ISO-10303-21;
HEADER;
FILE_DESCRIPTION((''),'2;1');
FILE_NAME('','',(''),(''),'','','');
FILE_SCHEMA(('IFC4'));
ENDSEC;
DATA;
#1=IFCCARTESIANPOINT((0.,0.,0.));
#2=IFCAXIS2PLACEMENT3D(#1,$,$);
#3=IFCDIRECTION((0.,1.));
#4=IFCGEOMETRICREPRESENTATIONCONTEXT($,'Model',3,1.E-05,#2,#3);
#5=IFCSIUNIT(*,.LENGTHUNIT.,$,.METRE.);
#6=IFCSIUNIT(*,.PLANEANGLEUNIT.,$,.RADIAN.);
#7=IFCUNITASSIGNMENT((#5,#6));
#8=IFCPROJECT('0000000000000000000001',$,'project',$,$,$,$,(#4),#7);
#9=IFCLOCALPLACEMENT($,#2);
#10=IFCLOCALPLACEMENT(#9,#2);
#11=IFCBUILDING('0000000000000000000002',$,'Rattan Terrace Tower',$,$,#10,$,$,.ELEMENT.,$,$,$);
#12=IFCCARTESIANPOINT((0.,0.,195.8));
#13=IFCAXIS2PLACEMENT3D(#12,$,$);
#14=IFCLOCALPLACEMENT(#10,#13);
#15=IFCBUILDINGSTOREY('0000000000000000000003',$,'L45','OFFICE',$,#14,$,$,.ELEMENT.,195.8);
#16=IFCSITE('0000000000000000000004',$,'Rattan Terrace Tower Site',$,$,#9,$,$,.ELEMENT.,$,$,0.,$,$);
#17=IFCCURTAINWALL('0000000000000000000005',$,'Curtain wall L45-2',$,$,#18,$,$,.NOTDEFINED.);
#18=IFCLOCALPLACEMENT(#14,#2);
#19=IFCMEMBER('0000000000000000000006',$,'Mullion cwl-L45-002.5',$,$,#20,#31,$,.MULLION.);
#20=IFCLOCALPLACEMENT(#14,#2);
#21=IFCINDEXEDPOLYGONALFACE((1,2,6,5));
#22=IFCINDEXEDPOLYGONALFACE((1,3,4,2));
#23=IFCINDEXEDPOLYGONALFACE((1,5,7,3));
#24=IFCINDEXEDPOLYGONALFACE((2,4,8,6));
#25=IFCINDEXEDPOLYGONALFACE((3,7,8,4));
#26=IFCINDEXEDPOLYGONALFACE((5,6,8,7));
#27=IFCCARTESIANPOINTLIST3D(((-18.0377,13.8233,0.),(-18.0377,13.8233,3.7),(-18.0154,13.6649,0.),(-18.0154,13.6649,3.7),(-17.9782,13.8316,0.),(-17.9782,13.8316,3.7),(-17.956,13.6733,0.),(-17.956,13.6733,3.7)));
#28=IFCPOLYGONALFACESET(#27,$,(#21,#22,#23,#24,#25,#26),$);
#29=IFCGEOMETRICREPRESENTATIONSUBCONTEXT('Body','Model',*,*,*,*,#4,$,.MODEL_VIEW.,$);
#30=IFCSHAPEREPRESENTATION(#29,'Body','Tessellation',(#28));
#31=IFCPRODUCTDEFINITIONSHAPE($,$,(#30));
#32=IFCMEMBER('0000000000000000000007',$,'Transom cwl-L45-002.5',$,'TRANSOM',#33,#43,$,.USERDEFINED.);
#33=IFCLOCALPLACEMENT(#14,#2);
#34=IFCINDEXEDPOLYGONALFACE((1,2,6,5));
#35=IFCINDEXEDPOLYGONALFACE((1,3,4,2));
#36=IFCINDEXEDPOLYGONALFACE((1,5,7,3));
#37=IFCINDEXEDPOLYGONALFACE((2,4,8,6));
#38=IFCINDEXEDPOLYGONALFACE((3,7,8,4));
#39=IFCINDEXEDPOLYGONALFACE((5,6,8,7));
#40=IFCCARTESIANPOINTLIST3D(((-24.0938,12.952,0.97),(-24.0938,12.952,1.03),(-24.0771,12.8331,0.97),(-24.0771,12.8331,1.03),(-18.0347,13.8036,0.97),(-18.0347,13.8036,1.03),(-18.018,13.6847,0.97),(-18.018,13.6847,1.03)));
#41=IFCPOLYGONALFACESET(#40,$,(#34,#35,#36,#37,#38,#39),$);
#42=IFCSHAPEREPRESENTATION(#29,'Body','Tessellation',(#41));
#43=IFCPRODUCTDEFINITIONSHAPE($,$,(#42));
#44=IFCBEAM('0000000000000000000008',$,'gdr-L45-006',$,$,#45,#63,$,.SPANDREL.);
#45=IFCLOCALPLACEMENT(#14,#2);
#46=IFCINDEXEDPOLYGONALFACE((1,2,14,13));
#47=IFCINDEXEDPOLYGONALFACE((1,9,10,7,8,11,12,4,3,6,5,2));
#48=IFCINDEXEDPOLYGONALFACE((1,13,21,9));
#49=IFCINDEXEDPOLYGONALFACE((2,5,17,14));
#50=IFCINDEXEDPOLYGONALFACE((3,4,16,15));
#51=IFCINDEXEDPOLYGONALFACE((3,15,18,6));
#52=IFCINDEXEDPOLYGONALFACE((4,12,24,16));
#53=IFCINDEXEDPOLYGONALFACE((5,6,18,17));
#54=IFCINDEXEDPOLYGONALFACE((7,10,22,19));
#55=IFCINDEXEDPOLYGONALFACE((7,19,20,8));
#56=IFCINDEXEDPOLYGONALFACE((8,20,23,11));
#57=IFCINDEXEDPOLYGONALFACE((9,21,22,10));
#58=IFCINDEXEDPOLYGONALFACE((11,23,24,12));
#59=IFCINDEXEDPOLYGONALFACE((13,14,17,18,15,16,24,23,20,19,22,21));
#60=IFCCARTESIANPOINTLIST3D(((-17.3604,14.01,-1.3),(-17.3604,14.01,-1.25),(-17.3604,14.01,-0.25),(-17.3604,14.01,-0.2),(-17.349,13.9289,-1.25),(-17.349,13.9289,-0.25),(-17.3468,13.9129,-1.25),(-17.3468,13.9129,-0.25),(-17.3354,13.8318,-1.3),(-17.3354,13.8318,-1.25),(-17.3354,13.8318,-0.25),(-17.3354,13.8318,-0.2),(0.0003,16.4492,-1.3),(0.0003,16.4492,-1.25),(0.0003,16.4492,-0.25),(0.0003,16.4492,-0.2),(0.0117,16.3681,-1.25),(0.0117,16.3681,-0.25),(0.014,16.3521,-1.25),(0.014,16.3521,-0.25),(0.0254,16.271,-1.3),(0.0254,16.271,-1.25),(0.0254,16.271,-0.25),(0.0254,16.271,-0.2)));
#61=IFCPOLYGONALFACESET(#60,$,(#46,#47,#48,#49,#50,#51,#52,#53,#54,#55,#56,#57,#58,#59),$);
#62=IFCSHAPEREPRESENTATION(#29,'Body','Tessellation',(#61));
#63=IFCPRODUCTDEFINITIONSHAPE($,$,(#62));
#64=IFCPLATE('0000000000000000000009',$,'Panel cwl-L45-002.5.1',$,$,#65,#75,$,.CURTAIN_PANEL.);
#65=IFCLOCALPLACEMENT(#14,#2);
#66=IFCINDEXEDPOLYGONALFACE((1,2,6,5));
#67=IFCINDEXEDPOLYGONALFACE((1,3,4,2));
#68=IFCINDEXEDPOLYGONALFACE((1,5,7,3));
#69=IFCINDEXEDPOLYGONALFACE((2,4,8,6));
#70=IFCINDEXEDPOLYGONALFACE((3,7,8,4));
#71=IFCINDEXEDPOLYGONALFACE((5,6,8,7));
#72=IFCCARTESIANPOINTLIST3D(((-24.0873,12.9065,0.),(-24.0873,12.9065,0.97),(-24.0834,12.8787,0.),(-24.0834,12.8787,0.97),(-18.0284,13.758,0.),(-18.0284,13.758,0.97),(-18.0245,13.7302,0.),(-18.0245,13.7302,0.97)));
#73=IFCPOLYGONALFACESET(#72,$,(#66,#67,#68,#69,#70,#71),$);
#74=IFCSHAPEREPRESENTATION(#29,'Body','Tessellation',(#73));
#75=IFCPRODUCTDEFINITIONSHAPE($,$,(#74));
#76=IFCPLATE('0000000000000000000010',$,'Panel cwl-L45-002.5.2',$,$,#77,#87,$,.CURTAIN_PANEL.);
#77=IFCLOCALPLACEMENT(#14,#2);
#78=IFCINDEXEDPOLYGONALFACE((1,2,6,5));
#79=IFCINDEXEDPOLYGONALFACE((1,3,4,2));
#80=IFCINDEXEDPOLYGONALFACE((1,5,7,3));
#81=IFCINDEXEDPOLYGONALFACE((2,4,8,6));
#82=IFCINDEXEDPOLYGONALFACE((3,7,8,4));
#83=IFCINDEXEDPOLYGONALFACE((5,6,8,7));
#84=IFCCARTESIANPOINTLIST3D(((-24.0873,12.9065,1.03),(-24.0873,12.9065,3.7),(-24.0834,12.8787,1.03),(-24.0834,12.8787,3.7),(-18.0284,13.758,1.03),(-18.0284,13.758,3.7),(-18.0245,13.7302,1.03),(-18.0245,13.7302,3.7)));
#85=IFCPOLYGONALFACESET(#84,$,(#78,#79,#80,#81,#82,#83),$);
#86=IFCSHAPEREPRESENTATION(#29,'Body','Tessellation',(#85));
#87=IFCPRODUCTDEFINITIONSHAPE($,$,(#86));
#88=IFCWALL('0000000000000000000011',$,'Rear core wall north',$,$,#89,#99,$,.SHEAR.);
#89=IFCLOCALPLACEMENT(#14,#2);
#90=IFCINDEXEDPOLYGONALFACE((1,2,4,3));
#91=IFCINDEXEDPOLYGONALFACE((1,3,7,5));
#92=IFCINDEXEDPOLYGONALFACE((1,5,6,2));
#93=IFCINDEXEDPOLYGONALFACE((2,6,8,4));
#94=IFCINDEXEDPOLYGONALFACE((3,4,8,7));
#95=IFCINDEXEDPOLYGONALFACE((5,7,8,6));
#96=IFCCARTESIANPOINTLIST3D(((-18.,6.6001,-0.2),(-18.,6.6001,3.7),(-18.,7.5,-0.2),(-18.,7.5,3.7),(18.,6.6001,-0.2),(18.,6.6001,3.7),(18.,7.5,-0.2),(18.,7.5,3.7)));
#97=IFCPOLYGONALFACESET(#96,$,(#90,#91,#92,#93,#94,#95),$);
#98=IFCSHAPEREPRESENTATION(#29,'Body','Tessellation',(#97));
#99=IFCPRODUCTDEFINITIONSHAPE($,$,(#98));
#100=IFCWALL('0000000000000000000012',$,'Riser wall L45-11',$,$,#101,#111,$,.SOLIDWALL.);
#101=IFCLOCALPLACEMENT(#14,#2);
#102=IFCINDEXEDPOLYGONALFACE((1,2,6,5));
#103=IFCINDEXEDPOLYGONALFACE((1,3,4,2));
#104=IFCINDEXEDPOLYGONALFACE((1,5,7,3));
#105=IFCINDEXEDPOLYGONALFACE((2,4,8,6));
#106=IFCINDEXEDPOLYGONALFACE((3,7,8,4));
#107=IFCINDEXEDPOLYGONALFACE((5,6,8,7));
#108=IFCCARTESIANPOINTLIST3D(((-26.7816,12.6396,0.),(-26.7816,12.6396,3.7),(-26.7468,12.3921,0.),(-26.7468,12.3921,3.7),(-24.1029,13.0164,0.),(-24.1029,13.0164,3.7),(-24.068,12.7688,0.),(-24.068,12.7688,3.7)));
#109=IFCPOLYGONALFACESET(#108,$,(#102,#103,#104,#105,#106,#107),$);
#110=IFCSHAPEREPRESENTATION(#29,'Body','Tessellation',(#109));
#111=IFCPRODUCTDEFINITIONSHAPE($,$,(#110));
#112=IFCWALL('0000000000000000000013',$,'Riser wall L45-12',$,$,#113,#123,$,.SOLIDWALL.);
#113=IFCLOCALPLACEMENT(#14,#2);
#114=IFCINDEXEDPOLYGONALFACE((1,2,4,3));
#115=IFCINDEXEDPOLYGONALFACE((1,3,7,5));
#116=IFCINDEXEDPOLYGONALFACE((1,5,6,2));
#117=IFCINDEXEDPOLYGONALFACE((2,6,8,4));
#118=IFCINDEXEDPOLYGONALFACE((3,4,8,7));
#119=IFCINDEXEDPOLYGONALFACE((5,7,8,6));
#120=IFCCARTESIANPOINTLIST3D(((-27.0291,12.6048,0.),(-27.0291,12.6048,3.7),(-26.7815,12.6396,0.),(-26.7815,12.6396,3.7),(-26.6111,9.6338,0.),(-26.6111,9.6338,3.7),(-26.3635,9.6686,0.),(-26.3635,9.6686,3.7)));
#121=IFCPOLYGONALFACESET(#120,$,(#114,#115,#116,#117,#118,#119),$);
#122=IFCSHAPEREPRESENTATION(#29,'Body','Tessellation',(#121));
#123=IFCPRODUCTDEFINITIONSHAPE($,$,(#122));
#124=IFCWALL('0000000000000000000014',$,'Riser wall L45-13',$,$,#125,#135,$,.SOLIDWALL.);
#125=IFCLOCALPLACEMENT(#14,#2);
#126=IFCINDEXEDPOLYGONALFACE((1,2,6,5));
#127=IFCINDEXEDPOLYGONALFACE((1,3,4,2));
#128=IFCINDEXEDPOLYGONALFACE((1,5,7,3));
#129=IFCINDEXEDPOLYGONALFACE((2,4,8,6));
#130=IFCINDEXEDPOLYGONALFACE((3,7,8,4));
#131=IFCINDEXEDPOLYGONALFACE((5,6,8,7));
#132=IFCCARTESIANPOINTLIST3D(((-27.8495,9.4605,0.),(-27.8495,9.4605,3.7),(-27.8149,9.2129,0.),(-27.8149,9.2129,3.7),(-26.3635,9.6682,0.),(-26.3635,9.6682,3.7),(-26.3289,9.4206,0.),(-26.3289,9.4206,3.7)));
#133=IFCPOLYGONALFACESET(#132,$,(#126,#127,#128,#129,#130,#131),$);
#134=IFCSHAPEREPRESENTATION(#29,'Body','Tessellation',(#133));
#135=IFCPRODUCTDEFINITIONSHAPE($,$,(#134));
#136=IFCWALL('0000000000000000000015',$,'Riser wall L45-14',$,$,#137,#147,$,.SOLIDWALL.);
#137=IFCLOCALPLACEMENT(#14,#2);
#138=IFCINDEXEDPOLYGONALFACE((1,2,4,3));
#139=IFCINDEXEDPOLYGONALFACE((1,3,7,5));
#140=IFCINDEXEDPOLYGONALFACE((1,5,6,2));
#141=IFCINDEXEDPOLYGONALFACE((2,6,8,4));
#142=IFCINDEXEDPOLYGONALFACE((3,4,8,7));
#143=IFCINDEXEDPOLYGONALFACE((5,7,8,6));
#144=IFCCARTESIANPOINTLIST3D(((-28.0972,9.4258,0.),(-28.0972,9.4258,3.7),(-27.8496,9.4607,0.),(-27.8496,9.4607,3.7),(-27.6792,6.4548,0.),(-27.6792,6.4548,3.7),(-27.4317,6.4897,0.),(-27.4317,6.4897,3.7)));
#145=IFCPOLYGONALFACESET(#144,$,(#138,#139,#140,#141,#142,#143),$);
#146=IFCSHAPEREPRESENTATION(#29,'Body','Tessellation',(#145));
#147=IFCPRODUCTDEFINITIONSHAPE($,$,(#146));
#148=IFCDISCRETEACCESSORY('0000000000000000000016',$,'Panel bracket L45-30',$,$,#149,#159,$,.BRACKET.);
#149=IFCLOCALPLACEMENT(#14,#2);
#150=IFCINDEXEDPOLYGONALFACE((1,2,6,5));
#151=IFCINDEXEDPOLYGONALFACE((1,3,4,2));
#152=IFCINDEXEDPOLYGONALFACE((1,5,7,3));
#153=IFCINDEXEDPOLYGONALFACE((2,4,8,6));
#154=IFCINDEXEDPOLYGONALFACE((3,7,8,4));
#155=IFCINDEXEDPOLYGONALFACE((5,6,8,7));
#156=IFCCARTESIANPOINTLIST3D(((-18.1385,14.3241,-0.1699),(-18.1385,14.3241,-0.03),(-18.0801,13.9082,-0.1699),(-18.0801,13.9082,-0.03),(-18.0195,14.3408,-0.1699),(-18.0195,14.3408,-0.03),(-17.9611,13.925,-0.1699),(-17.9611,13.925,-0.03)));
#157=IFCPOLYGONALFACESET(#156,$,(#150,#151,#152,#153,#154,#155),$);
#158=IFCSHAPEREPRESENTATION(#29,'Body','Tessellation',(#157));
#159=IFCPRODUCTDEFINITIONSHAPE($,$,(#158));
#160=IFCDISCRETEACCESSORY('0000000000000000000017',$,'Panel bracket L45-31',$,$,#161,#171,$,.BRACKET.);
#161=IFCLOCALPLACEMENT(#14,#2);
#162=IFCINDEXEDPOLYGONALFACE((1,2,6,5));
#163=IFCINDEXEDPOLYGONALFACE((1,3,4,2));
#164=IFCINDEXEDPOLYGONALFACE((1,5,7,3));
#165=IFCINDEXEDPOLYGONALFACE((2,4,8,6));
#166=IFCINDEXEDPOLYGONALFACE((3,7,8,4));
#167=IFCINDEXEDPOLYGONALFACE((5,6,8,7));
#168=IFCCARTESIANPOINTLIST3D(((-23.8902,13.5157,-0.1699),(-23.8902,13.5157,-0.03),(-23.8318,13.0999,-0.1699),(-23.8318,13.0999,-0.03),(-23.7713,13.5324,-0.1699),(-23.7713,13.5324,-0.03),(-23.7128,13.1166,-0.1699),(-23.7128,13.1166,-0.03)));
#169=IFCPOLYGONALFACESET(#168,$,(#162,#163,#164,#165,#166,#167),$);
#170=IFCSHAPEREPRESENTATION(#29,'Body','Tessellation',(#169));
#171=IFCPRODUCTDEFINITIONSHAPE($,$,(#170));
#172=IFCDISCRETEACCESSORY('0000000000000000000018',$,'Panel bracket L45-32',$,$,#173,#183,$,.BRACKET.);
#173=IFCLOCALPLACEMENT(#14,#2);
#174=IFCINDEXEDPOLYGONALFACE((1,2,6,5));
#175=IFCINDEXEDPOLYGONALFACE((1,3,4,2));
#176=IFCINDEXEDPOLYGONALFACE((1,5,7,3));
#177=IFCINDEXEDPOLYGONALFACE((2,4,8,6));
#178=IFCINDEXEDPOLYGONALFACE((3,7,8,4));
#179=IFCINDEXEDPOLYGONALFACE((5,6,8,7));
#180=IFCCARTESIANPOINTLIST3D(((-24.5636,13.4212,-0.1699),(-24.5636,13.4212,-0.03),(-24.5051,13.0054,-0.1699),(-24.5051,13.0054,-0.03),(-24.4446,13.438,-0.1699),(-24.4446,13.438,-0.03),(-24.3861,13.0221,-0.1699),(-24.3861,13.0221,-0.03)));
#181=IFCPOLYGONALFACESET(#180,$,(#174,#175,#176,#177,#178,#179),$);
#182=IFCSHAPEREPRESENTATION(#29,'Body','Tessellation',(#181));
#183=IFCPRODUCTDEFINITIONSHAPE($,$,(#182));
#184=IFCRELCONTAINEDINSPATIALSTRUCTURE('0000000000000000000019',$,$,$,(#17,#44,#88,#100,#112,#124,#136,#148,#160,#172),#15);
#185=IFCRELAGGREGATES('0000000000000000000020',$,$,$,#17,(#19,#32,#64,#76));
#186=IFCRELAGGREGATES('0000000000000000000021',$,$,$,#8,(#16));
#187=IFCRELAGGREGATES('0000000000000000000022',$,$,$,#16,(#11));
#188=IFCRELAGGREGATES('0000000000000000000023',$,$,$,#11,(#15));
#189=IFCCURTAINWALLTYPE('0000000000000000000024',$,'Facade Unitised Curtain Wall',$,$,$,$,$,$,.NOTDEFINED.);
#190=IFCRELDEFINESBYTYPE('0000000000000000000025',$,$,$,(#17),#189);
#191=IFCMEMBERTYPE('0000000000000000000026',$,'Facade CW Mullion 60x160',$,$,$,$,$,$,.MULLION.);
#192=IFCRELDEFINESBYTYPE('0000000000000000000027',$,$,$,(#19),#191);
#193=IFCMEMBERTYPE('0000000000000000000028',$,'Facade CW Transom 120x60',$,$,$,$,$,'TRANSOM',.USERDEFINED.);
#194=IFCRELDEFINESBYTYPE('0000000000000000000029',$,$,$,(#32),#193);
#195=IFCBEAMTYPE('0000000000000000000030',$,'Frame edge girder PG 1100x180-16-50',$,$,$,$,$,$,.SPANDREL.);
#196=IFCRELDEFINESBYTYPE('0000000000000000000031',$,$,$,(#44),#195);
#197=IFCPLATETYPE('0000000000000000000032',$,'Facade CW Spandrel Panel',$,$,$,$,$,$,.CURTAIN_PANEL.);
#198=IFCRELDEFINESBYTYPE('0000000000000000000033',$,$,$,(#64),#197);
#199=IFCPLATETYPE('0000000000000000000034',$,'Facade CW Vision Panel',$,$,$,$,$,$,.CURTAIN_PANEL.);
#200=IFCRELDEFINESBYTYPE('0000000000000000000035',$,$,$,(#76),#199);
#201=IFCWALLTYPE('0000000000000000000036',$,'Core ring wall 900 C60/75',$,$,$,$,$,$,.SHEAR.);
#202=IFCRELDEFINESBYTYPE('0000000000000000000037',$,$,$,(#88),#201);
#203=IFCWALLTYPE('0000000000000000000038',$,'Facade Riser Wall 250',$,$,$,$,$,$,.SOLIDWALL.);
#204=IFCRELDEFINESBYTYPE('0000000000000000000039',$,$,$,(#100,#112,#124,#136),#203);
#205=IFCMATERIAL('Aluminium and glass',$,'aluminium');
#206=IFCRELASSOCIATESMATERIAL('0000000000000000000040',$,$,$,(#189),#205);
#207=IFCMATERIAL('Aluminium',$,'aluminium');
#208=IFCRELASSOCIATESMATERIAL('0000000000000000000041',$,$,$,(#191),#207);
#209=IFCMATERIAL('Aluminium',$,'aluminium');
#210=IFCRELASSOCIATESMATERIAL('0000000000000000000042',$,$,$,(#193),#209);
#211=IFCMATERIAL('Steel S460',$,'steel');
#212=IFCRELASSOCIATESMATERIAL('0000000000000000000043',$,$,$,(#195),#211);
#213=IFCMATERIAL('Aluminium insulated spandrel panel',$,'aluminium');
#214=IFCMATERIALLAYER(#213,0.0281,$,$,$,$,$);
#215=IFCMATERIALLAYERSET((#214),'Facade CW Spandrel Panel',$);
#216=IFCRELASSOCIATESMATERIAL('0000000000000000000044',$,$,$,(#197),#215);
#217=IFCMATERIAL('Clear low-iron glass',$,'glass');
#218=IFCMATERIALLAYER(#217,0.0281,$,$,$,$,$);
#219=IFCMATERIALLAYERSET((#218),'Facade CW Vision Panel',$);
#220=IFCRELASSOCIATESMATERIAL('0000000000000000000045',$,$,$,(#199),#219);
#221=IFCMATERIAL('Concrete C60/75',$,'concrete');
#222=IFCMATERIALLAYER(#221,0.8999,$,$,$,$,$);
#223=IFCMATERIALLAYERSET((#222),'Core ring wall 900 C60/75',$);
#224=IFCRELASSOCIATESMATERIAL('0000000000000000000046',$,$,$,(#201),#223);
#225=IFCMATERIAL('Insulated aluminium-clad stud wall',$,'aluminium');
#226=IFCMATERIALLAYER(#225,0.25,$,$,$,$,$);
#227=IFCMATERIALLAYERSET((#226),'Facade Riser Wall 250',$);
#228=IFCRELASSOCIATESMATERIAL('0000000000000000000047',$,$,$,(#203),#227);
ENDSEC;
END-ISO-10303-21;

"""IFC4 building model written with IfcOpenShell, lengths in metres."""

from ifc_helpers import new_model, si_unit, direction, frame, frame_2d, origin, origin_2d, place, context, subcontext, project, spatial, rectangle, i_section, extrude, material, layer, layer_set, material_profile, profile_set, type_object, element, aggregate, save


model = new_model("IFC4")

# Units and contexts
model_context = context("Model", 3, precision=1e-05, world=origin(), true_north=direction((0.0, 1.0)))
body_context = subcontext(model_context, "Body", "Model", "MODEL_VIEW")
ifc_project = project(units=[si_unit("LENGTHUNIT", "METRE"), si_unit("PLANEANGLEUNIT", "RADIAN")], contexts=[model_context])

# Site, building, storey
site_placement = place(None, origin())
site = spatial("IfcSite", under=ifc_project, at=site_placement, Name="Rattan Terrace Tower Site", CompositionType="ELEMENT", RefElevation=0.0)
building_placement = place(site_placement, origin())
building = spatial("IfcBuilding", under=site, at=building_placement, Name="Rattan Terrace Tower", CompositionType="ELEMENT")
storey_placement = place(building_placement, frame((0.0, 0.0, 195.8)))
storey = spatial("IfcBuildingStorey", under=building, at=storey_placement, Name="L45", Description="OFFICE", CompositionType="ELEMENT", Elevation=195.8)

# Curtain wall, members
ifc_material_1 = material(Name="Aluminium and glass", Category="aluminium")
curtain_wall_type = type_object("IfcCurtainWallType", Name="Facade Unitised Curtain Wall", PredefinedType="NOTDEFINED", material=ifc_material_1)
curtain_wall_placement = place(storey_placement, origin())
curtain_wall = element("IfcCurtainWall", 1, at=curtain_wall_placement, inside=storey, type_object=curtain_wall_type, Name="Curtain wall L45-2", PredefinedType="NOTDEFINED")
ifc_material_2 = material(Name="Aluminium", Category="aluminium")
ifc_material_profile_1 = material_profile(ifc_material_2, rectangle(XDim=0.0601, YDim=0.1599, at=origin_2d()), Name="Aluminium 60x160")
ifc_profile_set_1 = profile_set([ifc_material_profile_1], Name="Aluminium")
member_type_1 = type_object("IfcMemberType", Name="Facade CW Mullion 60x160", PredefinedType="MULLION", material=ifc_profile_set_1)
member_1_placement = place(storey_placement, frame((-17.9968, 13.7483, 0.0), z_axis=(0.0, 0.0, 1.0), x_axis=(-0.99027, -0.139161, 0.0)))
member_1 = element("IfcMember", 2, at=member_1_placement, type_object=member_type_1, Name="Mullion cwl-L45-002.5", PredefinedType="MULLION", context=body_context, shape_type="SweptSolid", body=[
    extrude(rectangle(XDim=0.0601, YDim=0.1599, at=origin_2d()), origin(), (0.0, 0.0, 1.0), 3.7),
])
ifc_material_3 = material(Name="Aluminium", Category="aluminium")
ifc_material_profile_2 = material_profile(ifc_material_3, rectangle(XDim=0.1201, YDim=0.0601, at=origin_2d()), Name="Aluminium 120x60")
ifc_profile_set_2 = profile_set([ifc_material_profile_2], Name="Aluminium")
member_type_2 = type_object("IfcMemberType", Name="Facade CW Transom 120x60", ElementType="TRANSOM", PredefinedType="USERDEFINED", material=ifc_profile_set_2)
member_2_placement = place(storey_placement, frame((-18.0264, 13.7441, 1.0), z_axis=(-0.990268, -0.139175, 0.0), x_axis=(0.139175, -0.990268, 0.0)))
member_2 = element("IfcMember", 3, at=member_2_placement, type_object=member_type_2, Name="Transom cwl-L45-002.5", ObjectType="TRANSOM", PredefinedType="USERDEFINED", context=body_context, shape_type="SweptSolid", body=[
    extrude(rectangle(XDim=0.1201, YDim=0.0601, at=origin_2d()), origin(), (0.0, 0.0, 1.0), 6.1187),
])

# Beam
ifc_material_4 = material(Name="Steel S460", Category="steel")
ifc_material_profile_3 = material_profile(ifc_material_4, i_section(OverallWidth=0.1799, OverallDepth=1.1001, WebThickness=0.0161, FlangeThickness=0.05, at=origin_2d()), Name="PG 1100x180-16-50")
ifc_profile_set_3 = profile_set([ifc_material_profile_3], Name="Steel S460")
beam_type = type_object("IfcBeamType", Name="Frame edge girder PG 1100x180-16-50", PredefinedType="SPANDREL", material=ifc_profile_set_3)
beam_placement = place(storey_placement, frame((-17.3479, 13.9209, -0.75), z_axis=(0.990274, 0.139134, 0.0), x_axis=(-0.139134, 0.990274, 0.0)))
element("IfcBeam", 4, at=beam_placement, inside=storey, type_object=beam_type, Name="gdr-L45-006", PredefinedType="SPANDREL", context=body_context, shape_type="SweptSolid", body=[
    extrude(i_section(OverallWidth=0.1799, OverallDepth=1.1001, WebThickness=0.0161, FlangeThickness=0.05, at=origin_2d()), origin(), (0.0, 0.0, 1.0), 17.5312),
])

# Plates
ifc_material_5 = material(Name="Aluminium insulated spandrel panel", Category="aluminium")
ifc_layer_1 = layer(ifc_material_5, 0.0281)
ifc_layer_set_1 = layer_set([ifc_layer_1], Name="Facade CW Spandrel Panel")
plate_type_1 = type_object("IfcPlateType", Name="Facade CW Spandrel Panel", PredefinedType="CURTAIN_PANEL", material=ifc_layer_set_1)
plate_1_placement = place(storey_placement, frame((-21.0559, 13.3184, 0.0), z_axis=(0.0, 0.0, 1.0), x_axis=(-0.99027, -0.139161, 0.0)))
plate_1 = element("IfcPlate", 5, at=plate_1_placement, type_object=plate_type_1, Name="Panel cwl-L45-002.5.1", PredefinedType="CURTAIN_PANEL", context=body_context, shape_type="SweptSolid", body=[
    extrude(rectangle(XDim=6.1184, YDim=0.0281, at=origin_2d()), origin(), (0.0, 0.0, 1.0), 0.97),
])
ifc_material_6 = material(Name="Clear low-iron glass", Category="glass")
ifc_layer_2 = layer(ifc_material_6, 0.0281)
ifc_layer_set_2 = layer_set([ifc_layer_2], Name="Facade CW Vision Panel")
plate_type_2 = type_object("IfcPlateType", Name="Facade CW Vision Panel", PredefinedType="CURTAIN_PANEL", material=ifc_layer_set_2)
plate_2_placement = place(storey_placement, frame((-21.0559, 13.3184, 1.03), z_axis=(0.0, 0.0, 1.0), x_axis=(-0.99027, -0.139161, 0.0)))
plate_2 = element("IfcPlate", 6, at=plate_2_placement, type_object=plate_type_2, Name="Panel cwl-L45-002.5.2", PredefinedType="CURTAIN_PANEL", context=body_context, shape_type="SweptSolid", body=[
    extrude(rectangle(XDim=6.1184, YDim=0.0281, at=origin_2d()), origin(), (0.0, 0.0, 1.0), 2.6699),
])
aggregate(curtain_wall, [member_1, member_2, plate_1, plate_2])

# Walls
ifc_material_7 = material(Name="Concrete C60/75", Category="concrete")
ifc_layer_3 = layer(ifc_material_7, 0.8999)
ifc_layer_set_3 = layer_set([ifc_layer_3], Name="Core ring wall 900 C60/75")
wall_type_1 = type_object("IfcWallType", Name="Core ring wall 900 C60/75", PredefinedType="SHEAR", material=ifc_layer_set_3)
wall_1_placement = place(storey_placement, frame((-18.0, 7.05, -0.2), z_axis=(0.0, 0.0, 1.0), x_axis=(1.0, 0.0, 0.0)))
element("IfcWall", 7, at=wall_1_placement, inside=storey, type_object=wall_type_1, Name="Rear core wall north", PredefinedType="SHEAR", context=body_context, shape_type="SweptSolid", body=[
    extrude(rectangle(XDim=36.0, YDim=0.8999, at=frame_2d((18.0, 0.0))), origin(), (0.0, 0.0, 1.0), 3.8999),
])
ifc_material_8 = material(Name="Insulated aluminium-clad stud wall", Category="aluminium")
ifc_layer_4 = layer(ifc_material_8, 0.25)
ifc_layer_set_4 = layer_set([ifc_layer_4], Name="Facade Riser Wall 250")
wall_type_2 = type_object("IfcWallType", Name="Facade Riser Wall 250", PredefinedType="SOLIDWALL", material=ifc_layer_set_4)
wall_2_placement = place(storey_placement, frame((-24.0854, 12.8926, 0.0), z_axis=(0.0, 0.0, 1.0), x_axis=(-0.990256, -0.13926, 0.0)))
element("IfcWall", 8, at=wall_2_placement, inside=storey, type_object=wall_type_2, Name="Riser wall L45-11", PredefinedType="SOLIDWALL", context=body_context, shape_type="SweptSolid", body=[
    extrude(rectangle(XDim=2.7051, YDim=0.25, at=frame_2d((1.3525, 0.0))), origin(), (0.0, 0.0, 1.0), 3.7),
])
wall_3_placement = place(storey_placement, frame((-26.9053, 12.6221, 0.0), z_axis=(0.0, 0.0, 1.0), x_axis=(0.139313, -0.990248, 0.0)))
element("IfcWall", 9, at=wall_3_placement, inside=storey, type_object=wall_type_2, Name="Riser wall L45-12", PredefinedType="SOLIDWALL", context=body_context, shape_type="SweptSolid", body=[
    extrude(rectangle(XDim=3.0002, YDim=0.25, at=frame_2d((1.5, 0.0))), origin(), (0.0, 0.0, 1.0), 3.7),
])
wall_4_placement = place(storey_placement, frame((-26.3462, 9.5444, 0.0), z_axis=(0.0, 0.0, 1.0), x_axis=(-0.990368, -0.13846, 0.0)))
element("IfcWall", 10, at=wall_4_placement, inside=storey, type_object=wall_type_2, Name="Riser wall L45-13", PredefinedType="SOLIDWALL", context=body_context, shape_type="SweptSolid", body=[
    extrude(rectangle(XDim=1.5005, YDim=0.25, at=frame_2d((0.7502, 0.0))), origin(), (0.0, 0.0, 1.0), 3.7),
])
wall_5_placement = place(storey_placement, frame((-27.9734, 9.4431, 0.0), z_axis=(0.0, 0.0, 1.0), x_axis=(0.139313, -0.990248, 0.0)))
element("IfcWall", 11, at=wall_5_placement, inside=storey, type_object=wall_type_2, Name="Riser wall L45-14", PredefinedType="SOLIDWALL", context=body_context, shape_type="SweptSolid", body=[
    extrude(rectangle(XDim=3.0002, YDim=0.25, at=frame_2d((1.5, 0.0))), origin(), (0.0, 0.0, 1.0), 3.7),
])

# Discrete accessories
for number, where, z_axis, x_axis, name in (
    (12, (-18.0498, 14.1245, -0.1699), (0.0, 0.0, 1.0), (-0.99027, -0.139161, 0.0), "Panel bracket L45-30"),
    (13, (-23.8015, 13.3162, -0.1699), (0.0, 0.0, 1.0), (-0.99027, -0.139161, 0.0), "Panel bracket L45-31"),
    (14, (-24.4749, 13.2217, -0.1699), (0.0, 0.0, 1.0), (-0.990247, -0.139321, 0.0), "Panel bracket L45-32"),
):
    element("IfcDiscreteAccessory", number, at=place(storey_placement, frame(where, z_axis=z_axis, x_axis=x_axis)), inside=storey, Name=name, PredefinedType="BRACKET", context=body_context, shape_type="SweptSolid", body=[
        extrude(rectangle(XDim=0.1201, YDim=0.4199, at=origin_2d()), origin(), (0.0, 0.0, 1.0), 0.1399),
    ])

save(model, "model.ifc")
